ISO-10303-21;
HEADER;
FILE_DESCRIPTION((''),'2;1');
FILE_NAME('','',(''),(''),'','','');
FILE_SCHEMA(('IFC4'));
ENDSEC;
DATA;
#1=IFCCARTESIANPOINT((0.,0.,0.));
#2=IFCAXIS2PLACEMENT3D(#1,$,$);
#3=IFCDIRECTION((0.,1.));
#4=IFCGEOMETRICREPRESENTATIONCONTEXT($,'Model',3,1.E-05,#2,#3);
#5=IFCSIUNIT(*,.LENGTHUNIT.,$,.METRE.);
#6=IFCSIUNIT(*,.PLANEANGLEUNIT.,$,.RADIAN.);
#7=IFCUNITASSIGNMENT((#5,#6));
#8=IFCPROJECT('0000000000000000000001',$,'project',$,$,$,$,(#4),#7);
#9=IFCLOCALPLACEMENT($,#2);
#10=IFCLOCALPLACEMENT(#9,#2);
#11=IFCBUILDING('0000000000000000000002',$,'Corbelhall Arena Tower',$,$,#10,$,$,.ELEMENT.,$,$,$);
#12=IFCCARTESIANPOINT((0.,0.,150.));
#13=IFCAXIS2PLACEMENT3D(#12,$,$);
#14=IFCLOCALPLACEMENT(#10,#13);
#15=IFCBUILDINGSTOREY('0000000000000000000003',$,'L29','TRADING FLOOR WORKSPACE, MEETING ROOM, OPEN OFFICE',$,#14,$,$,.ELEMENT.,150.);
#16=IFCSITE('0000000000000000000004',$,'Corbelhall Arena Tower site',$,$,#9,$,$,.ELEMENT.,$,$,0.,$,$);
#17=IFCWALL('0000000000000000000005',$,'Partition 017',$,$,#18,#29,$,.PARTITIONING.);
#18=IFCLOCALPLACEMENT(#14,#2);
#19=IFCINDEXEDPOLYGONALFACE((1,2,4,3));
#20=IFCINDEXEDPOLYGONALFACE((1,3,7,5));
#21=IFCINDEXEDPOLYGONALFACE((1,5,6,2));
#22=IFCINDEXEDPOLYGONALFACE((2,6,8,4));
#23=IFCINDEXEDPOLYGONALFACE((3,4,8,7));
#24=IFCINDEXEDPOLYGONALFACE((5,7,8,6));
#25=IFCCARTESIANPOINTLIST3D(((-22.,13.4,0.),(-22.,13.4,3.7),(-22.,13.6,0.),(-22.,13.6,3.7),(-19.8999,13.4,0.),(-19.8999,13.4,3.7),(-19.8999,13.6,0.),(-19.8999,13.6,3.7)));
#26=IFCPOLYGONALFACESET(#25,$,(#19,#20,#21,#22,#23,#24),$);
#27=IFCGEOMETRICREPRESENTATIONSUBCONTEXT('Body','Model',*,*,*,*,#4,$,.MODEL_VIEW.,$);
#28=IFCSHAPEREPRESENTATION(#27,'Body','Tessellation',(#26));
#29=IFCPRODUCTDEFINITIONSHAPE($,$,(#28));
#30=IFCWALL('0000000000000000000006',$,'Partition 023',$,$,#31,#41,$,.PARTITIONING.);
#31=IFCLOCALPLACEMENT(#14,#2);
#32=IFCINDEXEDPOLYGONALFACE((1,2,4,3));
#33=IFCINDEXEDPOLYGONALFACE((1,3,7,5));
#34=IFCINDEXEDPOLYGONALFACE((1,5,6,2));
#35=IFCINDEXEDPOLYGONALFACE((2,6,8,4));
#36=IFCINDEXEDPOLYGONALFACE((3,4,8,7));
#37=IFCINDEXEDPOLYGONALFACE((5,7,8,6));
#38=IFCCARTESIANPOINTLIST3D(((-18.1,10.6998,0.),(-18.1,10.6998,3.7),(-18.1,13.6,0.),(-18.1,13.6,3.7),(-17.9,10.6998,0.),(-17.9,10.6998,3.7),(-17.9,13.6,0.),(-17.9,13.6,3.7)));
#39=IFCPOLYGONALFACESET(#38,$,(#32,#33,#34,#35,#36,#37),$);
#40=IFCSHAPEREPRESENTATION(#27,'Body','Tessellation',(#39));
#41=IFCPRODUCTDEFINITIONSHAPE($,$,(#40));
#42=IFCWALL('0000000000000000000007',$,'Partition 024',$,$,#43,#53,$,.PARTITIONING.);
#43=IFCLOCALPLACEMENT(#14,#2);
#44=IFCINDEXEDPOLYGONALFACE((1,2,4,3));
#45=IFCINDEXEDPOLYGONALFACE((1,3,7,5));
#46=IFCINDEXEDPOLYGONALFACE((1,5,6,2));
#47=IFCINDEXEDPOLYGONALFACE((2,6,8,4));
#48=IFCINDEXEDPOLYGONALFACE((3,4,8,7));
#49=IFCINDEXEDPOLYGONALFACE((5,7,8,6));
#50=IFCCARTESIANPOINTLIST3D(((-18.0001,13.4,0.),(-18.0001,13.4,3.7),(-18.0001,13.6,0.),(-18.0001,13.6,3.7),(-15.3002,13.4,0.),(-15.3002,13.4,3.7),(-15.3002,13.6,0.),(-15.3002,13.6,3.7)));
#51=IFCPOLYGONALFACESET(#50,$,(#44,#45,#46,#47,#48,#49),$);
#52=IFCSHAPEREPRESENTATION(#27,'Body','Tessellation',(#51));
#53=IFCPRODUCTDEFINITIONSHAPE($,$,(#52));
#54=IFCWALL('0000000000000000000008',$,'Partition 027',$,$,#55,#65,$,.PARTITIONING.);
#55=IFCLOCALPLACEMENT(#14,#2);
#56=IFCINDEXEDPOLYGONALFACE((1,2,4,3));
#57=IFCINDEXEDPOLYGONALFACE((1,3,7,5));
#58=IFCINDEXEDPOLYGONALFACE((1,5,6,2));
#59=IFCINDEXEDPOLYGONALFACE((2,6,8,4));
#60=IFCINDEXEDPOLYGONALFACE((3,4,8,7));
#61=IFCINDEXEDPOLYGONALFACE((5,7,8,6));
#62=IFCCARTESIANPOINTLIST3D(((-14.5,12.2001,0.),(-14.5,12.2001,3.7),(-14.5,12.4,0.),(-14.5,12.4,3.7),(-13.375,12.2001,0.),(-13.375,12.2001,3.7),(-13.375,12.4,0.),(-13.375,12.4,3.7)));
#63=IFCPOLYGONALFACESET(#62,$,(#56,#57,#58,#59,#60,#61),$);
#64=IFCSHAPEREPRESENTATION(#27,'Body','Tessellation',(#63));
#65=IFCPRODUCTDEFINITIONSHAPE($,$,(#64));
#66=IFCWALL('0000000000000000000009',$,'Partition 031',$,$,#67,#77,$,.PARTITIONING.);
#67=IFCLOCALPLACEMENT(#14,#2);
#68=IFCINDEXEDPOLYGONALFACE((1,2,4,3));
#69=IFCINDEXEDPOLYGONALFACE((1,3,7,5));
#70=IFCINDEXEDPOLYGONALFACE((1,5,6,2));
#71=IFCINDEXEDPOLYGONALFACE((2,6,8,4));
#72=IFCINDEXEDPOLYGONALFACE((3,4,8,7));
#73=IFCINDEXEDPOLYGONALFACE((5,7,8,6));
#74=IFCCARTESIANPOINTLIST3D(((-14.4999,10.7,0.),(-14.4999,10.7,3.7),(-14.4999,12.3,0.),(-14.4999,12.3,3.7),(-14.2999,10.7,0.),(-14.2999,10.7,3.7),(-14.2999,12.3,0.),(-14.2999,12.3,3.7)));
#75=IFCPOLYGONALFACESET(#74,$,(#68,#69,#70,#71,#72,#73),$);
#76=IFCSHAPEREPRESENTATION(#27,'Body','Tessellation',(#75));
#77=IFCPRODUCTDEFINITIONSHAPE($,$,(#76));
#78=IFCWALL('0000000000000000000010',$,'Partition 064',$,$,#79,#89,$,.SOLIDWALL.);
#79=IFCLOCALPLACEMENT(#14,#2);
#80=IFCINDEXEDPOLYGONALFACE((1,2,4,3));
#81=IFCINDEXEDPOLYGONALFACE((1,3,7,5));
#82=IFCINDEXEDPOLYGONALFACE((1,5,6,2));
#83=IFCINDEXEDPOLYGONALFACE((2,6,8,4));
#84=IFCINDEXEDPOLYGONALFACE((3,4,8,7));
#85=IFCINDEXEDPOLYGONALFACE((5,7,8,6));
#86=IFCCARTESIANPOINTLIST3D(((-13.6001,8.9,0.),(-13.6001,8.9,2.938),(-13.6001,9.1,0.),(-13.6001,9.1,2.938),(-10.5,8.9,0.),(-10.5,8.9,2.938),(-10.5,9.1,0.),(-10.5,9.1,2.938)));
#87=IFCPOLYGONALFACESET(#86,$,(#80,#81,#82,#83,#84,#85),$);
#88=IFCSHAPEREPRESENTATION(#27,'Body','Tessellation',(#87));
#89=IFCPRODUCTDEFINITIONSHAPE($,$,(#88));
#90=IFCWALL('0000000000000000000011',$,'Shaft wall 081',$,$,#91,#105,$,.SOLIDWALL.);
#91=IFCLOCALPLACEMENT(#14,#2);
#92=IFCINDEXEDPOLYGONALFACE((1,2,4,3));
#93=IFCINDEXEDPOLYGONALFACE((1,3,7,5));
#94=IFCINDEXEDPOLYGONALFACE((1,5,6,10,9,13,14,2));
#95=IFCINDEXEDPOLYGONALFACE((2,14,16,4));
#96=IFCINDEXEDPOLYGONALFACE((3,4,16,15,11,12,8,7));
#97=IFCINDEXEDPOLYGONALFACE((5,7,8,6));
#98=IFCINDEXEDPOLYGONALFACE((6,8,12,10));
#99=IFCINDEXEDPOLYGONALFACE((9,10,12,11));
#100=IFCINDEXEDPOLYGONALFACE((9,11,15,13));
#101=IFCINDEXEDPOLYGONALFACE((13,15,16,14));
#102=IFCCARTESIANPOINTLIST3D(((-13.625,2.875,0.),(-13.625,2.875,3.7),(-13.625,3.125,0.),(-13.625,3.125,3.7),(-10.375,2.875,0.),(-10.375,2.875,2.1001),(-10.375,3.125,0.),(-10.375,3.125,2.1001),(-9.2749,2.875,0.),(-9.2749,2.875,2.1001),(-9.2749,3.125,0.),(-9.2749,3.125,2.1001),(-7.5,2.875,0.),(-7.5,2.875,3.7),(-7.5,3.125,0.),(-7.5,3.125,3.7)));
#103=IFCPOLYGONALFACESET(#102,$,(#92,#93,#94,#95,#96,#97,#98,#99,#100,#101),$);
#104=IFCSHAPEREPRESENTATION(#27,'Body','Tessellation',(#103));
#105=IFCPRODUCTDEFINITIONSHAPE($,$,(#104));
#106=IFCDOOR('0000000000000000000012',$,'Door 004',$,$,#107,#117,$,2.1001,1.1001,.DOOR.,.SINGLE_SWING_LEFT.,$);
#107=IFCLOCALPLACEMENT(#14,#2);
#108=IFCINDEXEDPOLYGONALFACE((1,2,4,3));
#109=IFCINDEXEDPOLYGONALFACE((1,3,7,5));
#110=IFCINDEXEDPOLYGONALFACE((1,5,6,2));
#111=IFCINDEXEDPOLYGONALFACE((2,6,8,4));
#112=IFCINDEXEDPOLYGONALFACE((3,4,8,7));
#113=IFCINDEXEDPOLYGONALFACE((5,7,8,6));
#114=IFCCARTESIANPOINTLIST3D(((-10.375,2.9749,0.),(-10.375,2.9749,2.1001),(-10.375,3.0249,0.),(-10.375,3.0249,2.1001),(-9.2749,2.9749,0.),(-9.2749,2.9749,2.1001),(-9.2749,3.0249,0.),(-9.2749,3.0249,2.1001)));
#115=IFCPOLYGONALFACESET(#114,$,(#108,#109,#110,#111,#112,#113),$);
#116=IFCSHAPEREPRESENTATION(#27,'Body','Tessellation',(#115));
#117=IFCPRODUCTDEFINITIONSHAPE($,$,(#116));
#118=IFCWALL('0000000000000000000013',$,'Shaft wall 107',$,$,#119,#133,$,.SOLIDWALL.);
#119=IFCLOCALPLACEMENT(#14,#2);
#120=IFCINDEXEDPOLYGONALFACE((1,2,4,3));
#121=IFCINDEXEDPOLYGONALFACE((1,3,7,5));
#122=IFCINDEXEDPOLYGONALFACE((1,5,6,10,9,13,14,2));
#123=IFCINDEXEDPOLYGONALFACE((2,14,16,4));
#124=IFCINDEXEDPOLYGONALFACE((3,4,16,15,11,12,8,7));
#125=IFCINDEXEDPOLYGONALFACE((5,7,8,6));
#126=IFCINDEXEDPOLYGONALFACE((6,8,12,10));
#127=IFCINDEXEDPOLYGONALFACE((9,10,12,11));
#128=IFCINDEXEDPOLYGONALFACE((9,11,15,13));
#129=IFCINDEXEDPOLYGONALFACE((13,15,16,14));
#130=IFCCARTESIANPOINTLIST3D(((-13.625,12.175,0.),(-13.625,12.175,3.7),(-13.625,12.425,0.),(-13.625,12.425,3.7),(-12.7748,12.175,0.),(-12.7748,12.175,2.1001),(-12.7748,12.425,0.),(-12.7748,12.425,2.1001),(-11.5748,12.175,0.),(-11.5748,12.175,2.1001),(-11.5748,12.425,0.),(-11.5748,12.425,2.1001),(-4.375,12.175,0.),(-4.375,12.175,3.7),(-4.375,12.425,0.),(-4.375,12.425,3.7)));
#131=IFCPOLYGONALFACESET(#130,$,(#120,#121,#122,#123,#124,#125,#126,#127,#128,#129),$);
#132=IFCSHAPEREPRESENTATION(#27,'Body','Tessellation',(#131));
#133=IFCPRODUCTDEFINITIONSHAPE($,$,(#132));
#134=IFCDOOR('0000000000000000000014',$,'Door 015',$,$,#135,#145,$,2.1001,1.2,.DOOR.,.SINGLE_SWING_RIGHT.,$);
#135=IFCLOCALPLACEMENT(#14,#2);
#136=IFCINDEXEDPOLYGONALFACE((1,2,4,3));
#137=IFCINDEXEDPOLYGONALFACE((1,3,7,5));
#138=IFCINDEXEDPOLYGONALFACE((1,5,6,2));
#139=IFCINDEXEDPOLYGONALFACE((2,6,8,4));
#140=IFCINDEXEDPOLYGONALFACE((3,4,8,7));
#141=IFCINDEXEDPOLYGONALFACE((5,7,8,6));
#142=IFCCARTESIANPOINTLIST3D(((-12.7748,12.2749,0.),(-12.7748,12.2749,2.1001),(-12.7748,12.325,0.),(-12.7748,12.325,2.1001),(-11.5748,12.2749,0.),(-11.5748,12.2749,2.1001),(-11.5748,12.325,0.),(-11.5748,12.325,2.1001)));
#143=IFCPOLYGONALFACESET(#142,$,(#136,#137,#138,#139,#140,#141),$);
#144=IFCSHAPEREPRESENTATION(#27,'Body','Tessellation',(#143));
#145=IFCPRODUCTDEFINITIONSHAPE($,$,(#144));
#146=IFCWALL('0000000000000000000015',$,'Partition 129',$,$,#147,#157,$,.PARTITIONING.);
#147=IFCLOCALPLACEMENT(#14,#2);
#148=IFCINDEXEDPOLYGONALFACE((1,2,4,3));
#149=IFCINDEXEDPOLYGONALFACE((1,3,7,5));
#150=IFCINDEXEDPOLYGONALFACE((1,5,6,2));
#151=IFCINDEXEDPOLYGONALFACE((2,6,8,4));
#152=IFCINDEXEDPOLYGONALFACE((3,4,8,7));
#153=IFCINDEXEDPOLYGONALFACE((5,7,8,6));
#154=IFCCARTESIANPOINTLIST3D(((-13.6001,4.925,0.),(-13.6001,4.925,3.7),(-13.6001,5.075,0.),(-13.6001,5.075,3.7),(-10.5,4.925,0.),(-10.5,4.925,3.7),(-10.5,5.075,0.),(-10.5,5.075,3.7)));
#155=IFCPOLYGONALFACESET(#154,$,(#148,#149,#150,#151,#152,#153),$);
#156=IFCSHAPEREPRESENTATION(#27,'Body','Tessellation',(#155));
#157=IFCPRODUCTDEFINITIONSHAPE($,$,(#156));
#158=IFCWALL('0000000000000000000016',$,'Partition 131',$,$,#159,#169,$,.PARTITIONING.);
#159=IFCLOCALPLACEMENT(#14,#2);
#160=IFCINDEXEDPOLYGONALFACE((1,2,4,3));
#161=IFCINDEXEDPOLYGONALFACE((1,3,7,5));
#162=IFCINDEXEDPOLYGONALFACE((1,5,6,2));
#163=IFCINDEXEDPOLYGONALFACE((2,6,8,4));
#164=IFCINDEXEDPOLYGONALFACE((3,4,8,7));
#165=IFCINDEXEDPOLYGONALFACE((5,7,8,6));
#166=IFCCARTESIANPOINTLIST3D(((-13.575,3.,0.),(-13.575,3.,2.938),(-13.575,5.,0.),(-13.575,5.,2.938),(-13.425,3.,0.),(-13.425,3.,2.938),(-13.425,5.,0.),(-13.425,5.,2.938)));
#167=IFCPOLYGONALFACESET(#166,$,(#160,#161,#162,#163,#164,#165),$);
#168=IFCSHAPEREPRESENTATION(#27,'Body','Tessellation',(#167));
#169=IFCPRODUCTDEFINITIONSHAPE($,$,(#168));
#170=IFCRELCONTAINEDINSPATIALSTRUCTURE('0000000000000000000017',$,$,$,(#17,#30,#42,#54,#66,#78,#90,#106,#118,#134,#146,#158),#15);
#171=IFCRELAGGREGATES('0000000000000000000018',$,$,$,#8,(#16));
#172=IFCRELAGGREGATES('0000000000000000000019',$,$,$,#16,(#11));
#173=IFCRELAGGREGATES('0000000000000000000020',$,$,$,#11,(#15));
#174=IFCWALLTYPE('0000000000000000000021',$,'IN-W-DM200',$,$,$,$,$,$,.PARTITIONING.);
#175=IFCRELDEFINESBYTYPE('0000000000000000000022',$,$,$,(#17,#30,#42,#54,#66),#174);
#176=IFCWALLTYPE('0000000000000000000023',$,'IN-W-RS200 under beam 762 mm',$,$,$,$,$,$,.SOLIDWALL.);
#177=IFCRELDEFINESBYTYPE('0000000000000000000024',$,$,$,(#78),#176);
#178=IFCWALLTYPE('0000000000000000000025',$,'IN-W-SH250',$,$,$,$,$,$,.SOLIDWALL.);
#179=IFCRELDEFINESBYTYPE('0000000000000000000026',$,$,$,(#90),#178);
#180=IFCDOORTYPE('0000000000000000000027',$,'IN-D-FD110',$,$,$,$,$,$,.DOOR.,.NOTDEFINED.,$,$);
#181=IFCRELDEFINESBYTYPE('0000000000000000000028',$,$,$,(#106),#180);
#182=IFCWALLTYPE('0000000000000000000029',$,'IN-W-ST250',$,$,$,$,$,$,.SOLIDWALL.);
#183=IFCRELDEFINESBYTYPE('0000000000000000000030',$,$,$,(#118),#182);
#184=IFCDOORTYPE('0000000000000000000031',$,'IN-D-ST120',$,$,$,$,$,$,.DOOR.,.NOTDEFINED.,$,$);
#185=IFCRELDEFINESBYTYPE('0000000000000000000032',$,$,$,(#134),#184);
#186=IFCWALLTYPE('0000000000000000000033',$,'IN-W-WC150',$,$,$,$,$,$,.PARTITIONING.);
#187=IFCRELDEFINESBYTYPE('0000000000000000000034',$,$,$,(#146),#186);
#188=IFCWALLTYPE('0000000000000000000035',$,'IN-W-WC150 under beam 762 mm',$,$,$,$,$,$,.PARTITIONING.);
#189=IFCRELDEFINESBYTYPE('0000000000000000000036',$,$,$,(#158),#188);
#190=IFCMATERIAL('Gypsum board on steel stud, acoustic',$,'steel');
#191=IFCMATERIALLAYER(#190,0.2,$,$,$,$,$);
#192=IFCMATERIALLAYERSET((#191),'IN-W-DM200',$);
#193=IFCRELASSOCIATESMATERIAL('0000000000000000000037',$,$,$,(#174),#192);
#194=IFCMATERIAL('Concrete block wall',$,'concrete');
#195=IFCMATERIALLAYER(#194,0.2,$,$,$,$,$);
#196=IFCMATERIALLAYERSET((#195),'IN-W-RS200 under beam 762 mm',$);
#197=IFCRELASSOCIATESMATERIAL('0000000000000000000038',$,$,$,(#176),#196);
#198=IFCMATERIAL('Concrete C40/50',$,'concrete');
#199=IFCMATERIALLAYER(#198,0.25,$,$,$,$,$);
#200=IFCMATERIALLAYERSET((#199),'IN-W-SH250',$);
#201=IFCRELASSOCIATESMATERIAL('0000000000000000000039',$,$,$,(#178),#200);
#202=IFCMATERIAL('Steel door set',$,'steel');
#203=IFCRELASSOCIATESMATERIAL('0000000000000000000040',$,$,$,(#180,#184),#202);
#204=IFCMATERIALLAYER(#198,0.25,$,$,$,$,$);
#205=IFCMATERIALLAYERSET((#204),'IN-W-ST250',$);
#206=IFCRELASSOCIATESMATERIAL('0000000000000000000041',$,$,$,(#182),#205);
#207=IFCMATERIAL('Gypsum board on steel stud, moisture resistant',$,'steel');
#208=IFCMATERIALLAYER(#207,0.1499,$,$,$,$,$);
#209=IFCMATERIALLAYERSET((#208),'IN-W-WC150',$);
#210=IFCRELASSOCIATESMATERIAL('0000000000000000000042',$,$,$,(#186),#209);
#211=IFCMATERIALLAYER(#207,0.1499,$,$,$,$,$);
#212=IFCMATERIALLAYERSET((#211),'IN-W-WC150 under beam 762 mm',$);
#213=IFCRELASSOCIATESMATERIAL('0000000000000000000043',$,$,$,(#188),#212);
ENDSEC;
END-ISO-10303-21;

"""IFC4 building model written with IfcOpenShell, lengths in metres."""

from ifc_helpers import new_model, si_unit, direction, frame, frame_2d, origin, place, context, subcontext, project, spatial, rectangle, extrude, material, layer, layer_set, type_object, element, fill, save


model = new_model("IFC4")

# Units and contexts
model_context = context("Model", 3, precision=1e-05, world=origin(), true_north=direction((0.0, 1.0)))
body_context = subcontext(model_context, "Body", "Model", "MODEL_VIEW")
ifc_project = project(units=[si_unit("LENGTHUNIT", "METRE"), si_unit("PLANEANGLEUNIT", "RADIAN")], contexts=[model_context])

# Site, building, storey
site_placement = place(None, origin())
site = spatial("IfcSite", under=ifc_project, at=site_placement, Name="Corbelhall Arena Tower site", CompositionType="ELEMENT", RefElevation=0.0)
building_placement = place(site_placement, origin())
building = spatial("IfcBuilding", under=site, at=building_placement, Name="Corbelhall Arena Tower", CompositionType="ELEMENT")
storey_placement = place(building_placement, frame((0.0, 0.0, 150.0)))
storey = spatial("IfcBuildingStorey", under=building, at=storey_placement, Name="L29", Description="TRADING FLOOR WORKSPACE, MEETING ROOM, OPEN OFFICE", CompositionType="ELEMENT", Elevation=150.0)

# Shared definitions
ifc_material_1 = material(Name="Gypsum board on steel stud, acoustic", Category="steel")
ifc_layer_1 = layer(ifc_material_1, 0.2)
ifc_layer_set_1 = layer_set([ifc_layer_1], Name="IN-W-DM200")
wall_type_1 = type_object("IfcWallType", Name="IN-W-DM200", PredefinedType="PARTITIONING", material=ifc_layer_set_1)
ifc_material_2 = material(Name="Steel door set", Category="steel")

# Wall
wall_1_placement = place(storey_placement, frame((-19.8999, 13.5, 0.0), z_axis=(0.0, 0.0, 1.0), x_axis=(-1.0, 0.0, 0.0)))
element("IfcWall", 1, at=wall_1_placement, inside=storey, type_object=wall_type_1, Name="Partition 017", PredefinedType="PARTITIONING", context=body_context, shape_type="SweptSolid", body=[
    extrude(rectangle(XDim=2.1001, YDim=0.2, at=frame_2d((1.05, 0.0))), origin(), (0.0, 0.0, 1.0), 3.7),
])

# Walls
wall_2_placement = place(storey_placement, frame((-18.0, 13.6001, 0.0), z_axis=(0.0, 0.0, 1.0), x_axis=(0.0, -1.0, 0.0)))
element("IfcWall", 2, at=wall_2_placement, inside=storey, type_object=wall_type_1, Name="Partition 023", PredefinedType="PARTITIONING", context=body_context, shape_type="SweptSolid", body=[
    extrude(rectangle(XDim=2.9001, YDim=0.2, at=frame_2d((1.4502, 0.0))), origin(), (0.0, 0.0, 1.0), 3.7),
])
wall_3_placement = place(storey_placement, frame((-15.3, 13.5, 0.0), z_axis=(0.0, 0.0, 1.0), x_axis=(-1.0, 0.0, 0.0)))
element("IfcWall", 3, at=wall_3_placement, inside=storey, type_object=wall_type_1, Name="Partition 024", PredefinedType="PARTITIONING", context=body_context, shape_type="SweptSolid", body=[
    extrude(rectangle(XDim=2.7, YDim=0.2, at=frame_2d((1.3501, 0.0))), origin(), (0.0, 0.0, 1.0), 3.7),
])
wall_4_placement = place(storey_placement, frame((-14.5, 12.3, 0.0), z_axis=(0.0, 0.0, 1.0), x_axis=(1.0, 0.0, 0.0)))
element("IfcWall", 4, at=wall_4_placement, inside=storey, type_object=wall_type_1, Name="Partition 027", PredefinedType="PARTITIONING", context=body_context, shape_type="SweptSolid", body=[
    extrude(rectangle(XDim=1.125, YDim=0.2, at=frame_2d((0.5625, 0.0))), origin(), (0.0, 0.0, 1.0), 3.7),
])
wall_5_placement = place(storey_placement, frame((-14.3999, 10.7, 0.0), z_axis=(0.0, 0.0, 1.0), x_axis=(0.0, 1.0, 0.0)))
element("IfcWall", 5, at=wall_5_placement, inside=storey, type_object=wall_type_1, Name="Partition 031", PredefinedType="PARTITIONING", context=body_context, shape_type="SweptSolid", body=[
    extrude(rectangle(XDim=1.6001, YDim=0.2, at=frame_2d((0.8, 0.0))), origin(), (0.0, 0.0, 1.0), 3.7),
])
ifc_material_3 = material(Name="Concrete block wall", Category="concrete")
ifc_layer_2 = layer(ifc_material_3, 0.2)
ifc_layer_set_2 = layer_set([ifc_layer_2], Name="IN-W-RS200 under beam 762 mm")
wall_type_2 = type_object("IfcWallType", Name="IN-W-RS200 under beam 762 mm", PredefinedType="SOLIDWALL", material=ifc_layer_set_2)
wall_6_placement = place(storey_placement, frame((-13.6001, 9.0, 0.0), z_axis=(0.0, 0.0, 1.0), x_axis=(1.0, 0.0, 0.0)))
element("IfcWall", 6, at=wall_6_placement, inside=storey, type_object=wall_type_2, Name="Partition 064", PredefinedType="SOLIDWALL", context=body_context, shape_type="SweptSolid", body=[
    extrude(rectangle(XDim=3.1001, YDim=0.2, at=frame_2d((1.55, 0.0))), origin(), (0.0, 0.0, 1.0), 2.938),
])

# Walls, openings, doors
ifc_material_4 = material(Name="Concrete C40/50", Category="concrete")
ifc_layer_3 = layer(ifc_material_4, 0.25)
ifc_layer_set_3 = layer_set([ifc_layer_3], Name="IN-W-SH250")
wall_type_3 = type_object("IfcWallType", Name="IN-W-SH250", PredefinedType="SOLIDWALL", material=ifc_layer_set_3)
wall_7_placement = place(storey_placement, frame((-13.625, 3.0, 0.0), z_axis=(0.0, 0.0, 1.0), x_axis=(1.0, 0.0, 0.0)))
wall_7 = element("IfcWall", 7, at=wall_7_placement, inside=storey, type_object=wall_type_3, Name="Shaft wall 081", PredefinedType="SOLIDWALL", context=body_context, shape_type="SweptSolid", body=[
    extrude(rectangle(XDim=6.125, YDim=0.25, at=frame_2d((3.0625, 0.0))), origin(), (0.0, 0.0, 1.0), 3.7),
])
opening_1_placement = place(wall_7_placement, frame((3.25, 0.0, 0.0)))
opening_1 = element("IfcOpeningElement", 8, at=opening_1_placement, cuts=wall_7, PredefinedType="OPENING", context=body_context, shape_type="SweptSolid", body=[
    extrude(rectangle(XDim=1.1001, YDim=2.1001, at=frame_2d((0.55, 1.05))), frame((0.0, 0.125, 0.0), z_axis=(0.0, -1.0, 0.0), x_axis=(1.0, 0.0, 0.0)), (0.0, 0.0, 1.0), 0.25),
])
door_type_1 = type_object("IfcDoorType", Name="IN-D-FD110", OperationType="NOTDEFINED", PredefinedType="DOOR", material=ifc_material_2)
door_1_placement = place(opening_1_placement, origin())
door_1 = element("IfcDoor", 9, at=door_1_placement, inside=storey, type_object=door_type_1, Name="Door 004", OperationType="SINGLE_SWING_LEFT", OverallHeight=2.1001, OverallWidth=1.1001, PredefinedType="DOOR", context=body_context, shape_type="SweptSolid", body=[
    extrude(rectangle(XDim=1.1001, YDim=2.1001, at=frame_2d((0.55, 1.05))), frame((0.0, 0.0249, 0.0), z_axis=(0.0, -1.0, 0.0), x_axis=(1.0, 0.0, 0.0)), (0.0, 0.0, 1.0), 0.05),
])
fill(opening_1, door_1)
ifc_layer_4 = layer(ifc_material_4, 0.25)
ifc_layer_set_4 = layer_set([ifc_layer_4], Name="IN-W-ST250")
wall_type_4 = type_object("IfcWallType", Name="IN-W-ST250", PredefinedType="SOLIDWALL", material=ifc_layer_set_4)
wall_8_placement = place(storey_placement, frame((-13.625, 12.3, 0.0), z_axis=(0.0, 0.0, 1.0), x_axis=(1.0, 0.0, 0.0)))
wall_8 = element("IfcWall", 10, at=wall_8_placement, inside=storey, type_object=wall_type_4, Name="Shaft wall 107", PredefinedType="SOLIDWALL", context=body_context, shape_type="SweptSolid", body=[
    extrude(rectangle(XDim=9.25, YDim=0.25, at=frame_2d((4.625, 0.0))), origin(), (0.0, 0.0, 1.0), 3.7),
])
opening_2_placement = place(wall_8_placement, frame((0.8501, 0.0, 0.0)))
opening_2 = element("IfcOpeningElement", 11, at=opening_2_placement, cuts=wall_8, PredefinedType="OPENING", context=body_context, shape_type="SweptSolid", body=[
    extrude(rectangle(XDim=1.2, YDim=2.1001, at=frame_2d((0.6001, 1.05))), frame((0.0, 0.125, 0.0), z_axis=(0.0, -1.0, 0.0), x_axis=(1.0, 0.0, 0.0)), (0.0, 0.0, 1.0), 0.25),
])
door_type_2 = type_object("IfcDoorType", Name="IN-D-ST120", OperationType="NOTDEFINED", PredefinedType="DOOR", material=ifc_material_2)
door_2_placement = place(opening_2_placement, origin())
door_2 = element("IfcDoor", 12, at=door_2_placement, inside=storey, type_object=door_type_2, Name="Door 015", OperationType="SINGLE_SWING_RIGHT", OverallHeight=2.1001, OverallWidth=1.2, PredefinedType="DOOR", context=body_context, shape_type="SweptSolid", body=[
    extrude(rectangle(XDim=1.2, YDim=2.1001, at=frame_2d((0.6001, 1.05))), frame((0.0, 0.0249, 0.0), z_axis=(0.0, -1.0, 0.0), x_axis=(1.0, 0.0, 0.0)), (0.0, 0.0, 1.0), 0.05),
])
fill(opening_2, door_2)

# Walls
ifc_material_5 = material(Name="Gypsum board on steel stud, moisture resistant", Category="steel")
ifc_layer_5 = layer(ifc_material_5, 0.1499)
ifc_layer_set_5 = layer_set([ifc_layer_5], Name="IN-W-WC150")
wall_type_5 = type_object("IfcWallType", Name="IN-W-WC150", PredefinedType="PARTITIONING", material=ifc_layer_set_5)
wall_9_placement = place(storey_placement, frame((-13.6001, 5.0, 0.0), z_axis=(0.0, 0.0, 1.0), x_axis=(1.0, 0.0, 0.0)))
element("IfcWall", 13, at=wall_9_placement, inside=storey, type_object=wall_type_5, Name="Partition 129", PredefinedType="PARTITIONING", context=body_context, shape_type="SweptSolid", body=[
    extrude(rectangle(XDim=3.1001, YDim=0.1499, at=frame_2d((1.55, 0.0))), origin(), (0.0, 0.0, 1.0), 3.7),
])
ifc_layer_6 = layer(ifc_material_5, 0.1499)
ifc_layer_set_6 = layer_set([ifc_layer_6], Name="IN-W-WC150 under beam 762 mm")
wall_type_6 = type_object("IfcWallType", Name="IN-W-WC150 under beam 762 mm", PredefinedType="PARTITIONING", material=ifc_layer_set_6)
wall_10_placement = place(storey_placement, frame((-13.5, 3.0, 0.0), z_axis=(0.0, 0.0, 1.0), x_axis=(0.0, 1.0, 0.0)))
element("IfcWall", 14, at=wall_10_placement, inside=storey, type_object=wall_type_6, Name="Partition 131", PredefinedType="PARTITIONING", context=body_context, shape_type="SweptSolid", body=[
    extrude(rectangle(XDim=2.0, YDim=0.1499, at=frame_2d((1.0, 0.0))), origin(), (0.0, 0.0, 1.0), 2.938),
])

save(model, "model.ifc")
